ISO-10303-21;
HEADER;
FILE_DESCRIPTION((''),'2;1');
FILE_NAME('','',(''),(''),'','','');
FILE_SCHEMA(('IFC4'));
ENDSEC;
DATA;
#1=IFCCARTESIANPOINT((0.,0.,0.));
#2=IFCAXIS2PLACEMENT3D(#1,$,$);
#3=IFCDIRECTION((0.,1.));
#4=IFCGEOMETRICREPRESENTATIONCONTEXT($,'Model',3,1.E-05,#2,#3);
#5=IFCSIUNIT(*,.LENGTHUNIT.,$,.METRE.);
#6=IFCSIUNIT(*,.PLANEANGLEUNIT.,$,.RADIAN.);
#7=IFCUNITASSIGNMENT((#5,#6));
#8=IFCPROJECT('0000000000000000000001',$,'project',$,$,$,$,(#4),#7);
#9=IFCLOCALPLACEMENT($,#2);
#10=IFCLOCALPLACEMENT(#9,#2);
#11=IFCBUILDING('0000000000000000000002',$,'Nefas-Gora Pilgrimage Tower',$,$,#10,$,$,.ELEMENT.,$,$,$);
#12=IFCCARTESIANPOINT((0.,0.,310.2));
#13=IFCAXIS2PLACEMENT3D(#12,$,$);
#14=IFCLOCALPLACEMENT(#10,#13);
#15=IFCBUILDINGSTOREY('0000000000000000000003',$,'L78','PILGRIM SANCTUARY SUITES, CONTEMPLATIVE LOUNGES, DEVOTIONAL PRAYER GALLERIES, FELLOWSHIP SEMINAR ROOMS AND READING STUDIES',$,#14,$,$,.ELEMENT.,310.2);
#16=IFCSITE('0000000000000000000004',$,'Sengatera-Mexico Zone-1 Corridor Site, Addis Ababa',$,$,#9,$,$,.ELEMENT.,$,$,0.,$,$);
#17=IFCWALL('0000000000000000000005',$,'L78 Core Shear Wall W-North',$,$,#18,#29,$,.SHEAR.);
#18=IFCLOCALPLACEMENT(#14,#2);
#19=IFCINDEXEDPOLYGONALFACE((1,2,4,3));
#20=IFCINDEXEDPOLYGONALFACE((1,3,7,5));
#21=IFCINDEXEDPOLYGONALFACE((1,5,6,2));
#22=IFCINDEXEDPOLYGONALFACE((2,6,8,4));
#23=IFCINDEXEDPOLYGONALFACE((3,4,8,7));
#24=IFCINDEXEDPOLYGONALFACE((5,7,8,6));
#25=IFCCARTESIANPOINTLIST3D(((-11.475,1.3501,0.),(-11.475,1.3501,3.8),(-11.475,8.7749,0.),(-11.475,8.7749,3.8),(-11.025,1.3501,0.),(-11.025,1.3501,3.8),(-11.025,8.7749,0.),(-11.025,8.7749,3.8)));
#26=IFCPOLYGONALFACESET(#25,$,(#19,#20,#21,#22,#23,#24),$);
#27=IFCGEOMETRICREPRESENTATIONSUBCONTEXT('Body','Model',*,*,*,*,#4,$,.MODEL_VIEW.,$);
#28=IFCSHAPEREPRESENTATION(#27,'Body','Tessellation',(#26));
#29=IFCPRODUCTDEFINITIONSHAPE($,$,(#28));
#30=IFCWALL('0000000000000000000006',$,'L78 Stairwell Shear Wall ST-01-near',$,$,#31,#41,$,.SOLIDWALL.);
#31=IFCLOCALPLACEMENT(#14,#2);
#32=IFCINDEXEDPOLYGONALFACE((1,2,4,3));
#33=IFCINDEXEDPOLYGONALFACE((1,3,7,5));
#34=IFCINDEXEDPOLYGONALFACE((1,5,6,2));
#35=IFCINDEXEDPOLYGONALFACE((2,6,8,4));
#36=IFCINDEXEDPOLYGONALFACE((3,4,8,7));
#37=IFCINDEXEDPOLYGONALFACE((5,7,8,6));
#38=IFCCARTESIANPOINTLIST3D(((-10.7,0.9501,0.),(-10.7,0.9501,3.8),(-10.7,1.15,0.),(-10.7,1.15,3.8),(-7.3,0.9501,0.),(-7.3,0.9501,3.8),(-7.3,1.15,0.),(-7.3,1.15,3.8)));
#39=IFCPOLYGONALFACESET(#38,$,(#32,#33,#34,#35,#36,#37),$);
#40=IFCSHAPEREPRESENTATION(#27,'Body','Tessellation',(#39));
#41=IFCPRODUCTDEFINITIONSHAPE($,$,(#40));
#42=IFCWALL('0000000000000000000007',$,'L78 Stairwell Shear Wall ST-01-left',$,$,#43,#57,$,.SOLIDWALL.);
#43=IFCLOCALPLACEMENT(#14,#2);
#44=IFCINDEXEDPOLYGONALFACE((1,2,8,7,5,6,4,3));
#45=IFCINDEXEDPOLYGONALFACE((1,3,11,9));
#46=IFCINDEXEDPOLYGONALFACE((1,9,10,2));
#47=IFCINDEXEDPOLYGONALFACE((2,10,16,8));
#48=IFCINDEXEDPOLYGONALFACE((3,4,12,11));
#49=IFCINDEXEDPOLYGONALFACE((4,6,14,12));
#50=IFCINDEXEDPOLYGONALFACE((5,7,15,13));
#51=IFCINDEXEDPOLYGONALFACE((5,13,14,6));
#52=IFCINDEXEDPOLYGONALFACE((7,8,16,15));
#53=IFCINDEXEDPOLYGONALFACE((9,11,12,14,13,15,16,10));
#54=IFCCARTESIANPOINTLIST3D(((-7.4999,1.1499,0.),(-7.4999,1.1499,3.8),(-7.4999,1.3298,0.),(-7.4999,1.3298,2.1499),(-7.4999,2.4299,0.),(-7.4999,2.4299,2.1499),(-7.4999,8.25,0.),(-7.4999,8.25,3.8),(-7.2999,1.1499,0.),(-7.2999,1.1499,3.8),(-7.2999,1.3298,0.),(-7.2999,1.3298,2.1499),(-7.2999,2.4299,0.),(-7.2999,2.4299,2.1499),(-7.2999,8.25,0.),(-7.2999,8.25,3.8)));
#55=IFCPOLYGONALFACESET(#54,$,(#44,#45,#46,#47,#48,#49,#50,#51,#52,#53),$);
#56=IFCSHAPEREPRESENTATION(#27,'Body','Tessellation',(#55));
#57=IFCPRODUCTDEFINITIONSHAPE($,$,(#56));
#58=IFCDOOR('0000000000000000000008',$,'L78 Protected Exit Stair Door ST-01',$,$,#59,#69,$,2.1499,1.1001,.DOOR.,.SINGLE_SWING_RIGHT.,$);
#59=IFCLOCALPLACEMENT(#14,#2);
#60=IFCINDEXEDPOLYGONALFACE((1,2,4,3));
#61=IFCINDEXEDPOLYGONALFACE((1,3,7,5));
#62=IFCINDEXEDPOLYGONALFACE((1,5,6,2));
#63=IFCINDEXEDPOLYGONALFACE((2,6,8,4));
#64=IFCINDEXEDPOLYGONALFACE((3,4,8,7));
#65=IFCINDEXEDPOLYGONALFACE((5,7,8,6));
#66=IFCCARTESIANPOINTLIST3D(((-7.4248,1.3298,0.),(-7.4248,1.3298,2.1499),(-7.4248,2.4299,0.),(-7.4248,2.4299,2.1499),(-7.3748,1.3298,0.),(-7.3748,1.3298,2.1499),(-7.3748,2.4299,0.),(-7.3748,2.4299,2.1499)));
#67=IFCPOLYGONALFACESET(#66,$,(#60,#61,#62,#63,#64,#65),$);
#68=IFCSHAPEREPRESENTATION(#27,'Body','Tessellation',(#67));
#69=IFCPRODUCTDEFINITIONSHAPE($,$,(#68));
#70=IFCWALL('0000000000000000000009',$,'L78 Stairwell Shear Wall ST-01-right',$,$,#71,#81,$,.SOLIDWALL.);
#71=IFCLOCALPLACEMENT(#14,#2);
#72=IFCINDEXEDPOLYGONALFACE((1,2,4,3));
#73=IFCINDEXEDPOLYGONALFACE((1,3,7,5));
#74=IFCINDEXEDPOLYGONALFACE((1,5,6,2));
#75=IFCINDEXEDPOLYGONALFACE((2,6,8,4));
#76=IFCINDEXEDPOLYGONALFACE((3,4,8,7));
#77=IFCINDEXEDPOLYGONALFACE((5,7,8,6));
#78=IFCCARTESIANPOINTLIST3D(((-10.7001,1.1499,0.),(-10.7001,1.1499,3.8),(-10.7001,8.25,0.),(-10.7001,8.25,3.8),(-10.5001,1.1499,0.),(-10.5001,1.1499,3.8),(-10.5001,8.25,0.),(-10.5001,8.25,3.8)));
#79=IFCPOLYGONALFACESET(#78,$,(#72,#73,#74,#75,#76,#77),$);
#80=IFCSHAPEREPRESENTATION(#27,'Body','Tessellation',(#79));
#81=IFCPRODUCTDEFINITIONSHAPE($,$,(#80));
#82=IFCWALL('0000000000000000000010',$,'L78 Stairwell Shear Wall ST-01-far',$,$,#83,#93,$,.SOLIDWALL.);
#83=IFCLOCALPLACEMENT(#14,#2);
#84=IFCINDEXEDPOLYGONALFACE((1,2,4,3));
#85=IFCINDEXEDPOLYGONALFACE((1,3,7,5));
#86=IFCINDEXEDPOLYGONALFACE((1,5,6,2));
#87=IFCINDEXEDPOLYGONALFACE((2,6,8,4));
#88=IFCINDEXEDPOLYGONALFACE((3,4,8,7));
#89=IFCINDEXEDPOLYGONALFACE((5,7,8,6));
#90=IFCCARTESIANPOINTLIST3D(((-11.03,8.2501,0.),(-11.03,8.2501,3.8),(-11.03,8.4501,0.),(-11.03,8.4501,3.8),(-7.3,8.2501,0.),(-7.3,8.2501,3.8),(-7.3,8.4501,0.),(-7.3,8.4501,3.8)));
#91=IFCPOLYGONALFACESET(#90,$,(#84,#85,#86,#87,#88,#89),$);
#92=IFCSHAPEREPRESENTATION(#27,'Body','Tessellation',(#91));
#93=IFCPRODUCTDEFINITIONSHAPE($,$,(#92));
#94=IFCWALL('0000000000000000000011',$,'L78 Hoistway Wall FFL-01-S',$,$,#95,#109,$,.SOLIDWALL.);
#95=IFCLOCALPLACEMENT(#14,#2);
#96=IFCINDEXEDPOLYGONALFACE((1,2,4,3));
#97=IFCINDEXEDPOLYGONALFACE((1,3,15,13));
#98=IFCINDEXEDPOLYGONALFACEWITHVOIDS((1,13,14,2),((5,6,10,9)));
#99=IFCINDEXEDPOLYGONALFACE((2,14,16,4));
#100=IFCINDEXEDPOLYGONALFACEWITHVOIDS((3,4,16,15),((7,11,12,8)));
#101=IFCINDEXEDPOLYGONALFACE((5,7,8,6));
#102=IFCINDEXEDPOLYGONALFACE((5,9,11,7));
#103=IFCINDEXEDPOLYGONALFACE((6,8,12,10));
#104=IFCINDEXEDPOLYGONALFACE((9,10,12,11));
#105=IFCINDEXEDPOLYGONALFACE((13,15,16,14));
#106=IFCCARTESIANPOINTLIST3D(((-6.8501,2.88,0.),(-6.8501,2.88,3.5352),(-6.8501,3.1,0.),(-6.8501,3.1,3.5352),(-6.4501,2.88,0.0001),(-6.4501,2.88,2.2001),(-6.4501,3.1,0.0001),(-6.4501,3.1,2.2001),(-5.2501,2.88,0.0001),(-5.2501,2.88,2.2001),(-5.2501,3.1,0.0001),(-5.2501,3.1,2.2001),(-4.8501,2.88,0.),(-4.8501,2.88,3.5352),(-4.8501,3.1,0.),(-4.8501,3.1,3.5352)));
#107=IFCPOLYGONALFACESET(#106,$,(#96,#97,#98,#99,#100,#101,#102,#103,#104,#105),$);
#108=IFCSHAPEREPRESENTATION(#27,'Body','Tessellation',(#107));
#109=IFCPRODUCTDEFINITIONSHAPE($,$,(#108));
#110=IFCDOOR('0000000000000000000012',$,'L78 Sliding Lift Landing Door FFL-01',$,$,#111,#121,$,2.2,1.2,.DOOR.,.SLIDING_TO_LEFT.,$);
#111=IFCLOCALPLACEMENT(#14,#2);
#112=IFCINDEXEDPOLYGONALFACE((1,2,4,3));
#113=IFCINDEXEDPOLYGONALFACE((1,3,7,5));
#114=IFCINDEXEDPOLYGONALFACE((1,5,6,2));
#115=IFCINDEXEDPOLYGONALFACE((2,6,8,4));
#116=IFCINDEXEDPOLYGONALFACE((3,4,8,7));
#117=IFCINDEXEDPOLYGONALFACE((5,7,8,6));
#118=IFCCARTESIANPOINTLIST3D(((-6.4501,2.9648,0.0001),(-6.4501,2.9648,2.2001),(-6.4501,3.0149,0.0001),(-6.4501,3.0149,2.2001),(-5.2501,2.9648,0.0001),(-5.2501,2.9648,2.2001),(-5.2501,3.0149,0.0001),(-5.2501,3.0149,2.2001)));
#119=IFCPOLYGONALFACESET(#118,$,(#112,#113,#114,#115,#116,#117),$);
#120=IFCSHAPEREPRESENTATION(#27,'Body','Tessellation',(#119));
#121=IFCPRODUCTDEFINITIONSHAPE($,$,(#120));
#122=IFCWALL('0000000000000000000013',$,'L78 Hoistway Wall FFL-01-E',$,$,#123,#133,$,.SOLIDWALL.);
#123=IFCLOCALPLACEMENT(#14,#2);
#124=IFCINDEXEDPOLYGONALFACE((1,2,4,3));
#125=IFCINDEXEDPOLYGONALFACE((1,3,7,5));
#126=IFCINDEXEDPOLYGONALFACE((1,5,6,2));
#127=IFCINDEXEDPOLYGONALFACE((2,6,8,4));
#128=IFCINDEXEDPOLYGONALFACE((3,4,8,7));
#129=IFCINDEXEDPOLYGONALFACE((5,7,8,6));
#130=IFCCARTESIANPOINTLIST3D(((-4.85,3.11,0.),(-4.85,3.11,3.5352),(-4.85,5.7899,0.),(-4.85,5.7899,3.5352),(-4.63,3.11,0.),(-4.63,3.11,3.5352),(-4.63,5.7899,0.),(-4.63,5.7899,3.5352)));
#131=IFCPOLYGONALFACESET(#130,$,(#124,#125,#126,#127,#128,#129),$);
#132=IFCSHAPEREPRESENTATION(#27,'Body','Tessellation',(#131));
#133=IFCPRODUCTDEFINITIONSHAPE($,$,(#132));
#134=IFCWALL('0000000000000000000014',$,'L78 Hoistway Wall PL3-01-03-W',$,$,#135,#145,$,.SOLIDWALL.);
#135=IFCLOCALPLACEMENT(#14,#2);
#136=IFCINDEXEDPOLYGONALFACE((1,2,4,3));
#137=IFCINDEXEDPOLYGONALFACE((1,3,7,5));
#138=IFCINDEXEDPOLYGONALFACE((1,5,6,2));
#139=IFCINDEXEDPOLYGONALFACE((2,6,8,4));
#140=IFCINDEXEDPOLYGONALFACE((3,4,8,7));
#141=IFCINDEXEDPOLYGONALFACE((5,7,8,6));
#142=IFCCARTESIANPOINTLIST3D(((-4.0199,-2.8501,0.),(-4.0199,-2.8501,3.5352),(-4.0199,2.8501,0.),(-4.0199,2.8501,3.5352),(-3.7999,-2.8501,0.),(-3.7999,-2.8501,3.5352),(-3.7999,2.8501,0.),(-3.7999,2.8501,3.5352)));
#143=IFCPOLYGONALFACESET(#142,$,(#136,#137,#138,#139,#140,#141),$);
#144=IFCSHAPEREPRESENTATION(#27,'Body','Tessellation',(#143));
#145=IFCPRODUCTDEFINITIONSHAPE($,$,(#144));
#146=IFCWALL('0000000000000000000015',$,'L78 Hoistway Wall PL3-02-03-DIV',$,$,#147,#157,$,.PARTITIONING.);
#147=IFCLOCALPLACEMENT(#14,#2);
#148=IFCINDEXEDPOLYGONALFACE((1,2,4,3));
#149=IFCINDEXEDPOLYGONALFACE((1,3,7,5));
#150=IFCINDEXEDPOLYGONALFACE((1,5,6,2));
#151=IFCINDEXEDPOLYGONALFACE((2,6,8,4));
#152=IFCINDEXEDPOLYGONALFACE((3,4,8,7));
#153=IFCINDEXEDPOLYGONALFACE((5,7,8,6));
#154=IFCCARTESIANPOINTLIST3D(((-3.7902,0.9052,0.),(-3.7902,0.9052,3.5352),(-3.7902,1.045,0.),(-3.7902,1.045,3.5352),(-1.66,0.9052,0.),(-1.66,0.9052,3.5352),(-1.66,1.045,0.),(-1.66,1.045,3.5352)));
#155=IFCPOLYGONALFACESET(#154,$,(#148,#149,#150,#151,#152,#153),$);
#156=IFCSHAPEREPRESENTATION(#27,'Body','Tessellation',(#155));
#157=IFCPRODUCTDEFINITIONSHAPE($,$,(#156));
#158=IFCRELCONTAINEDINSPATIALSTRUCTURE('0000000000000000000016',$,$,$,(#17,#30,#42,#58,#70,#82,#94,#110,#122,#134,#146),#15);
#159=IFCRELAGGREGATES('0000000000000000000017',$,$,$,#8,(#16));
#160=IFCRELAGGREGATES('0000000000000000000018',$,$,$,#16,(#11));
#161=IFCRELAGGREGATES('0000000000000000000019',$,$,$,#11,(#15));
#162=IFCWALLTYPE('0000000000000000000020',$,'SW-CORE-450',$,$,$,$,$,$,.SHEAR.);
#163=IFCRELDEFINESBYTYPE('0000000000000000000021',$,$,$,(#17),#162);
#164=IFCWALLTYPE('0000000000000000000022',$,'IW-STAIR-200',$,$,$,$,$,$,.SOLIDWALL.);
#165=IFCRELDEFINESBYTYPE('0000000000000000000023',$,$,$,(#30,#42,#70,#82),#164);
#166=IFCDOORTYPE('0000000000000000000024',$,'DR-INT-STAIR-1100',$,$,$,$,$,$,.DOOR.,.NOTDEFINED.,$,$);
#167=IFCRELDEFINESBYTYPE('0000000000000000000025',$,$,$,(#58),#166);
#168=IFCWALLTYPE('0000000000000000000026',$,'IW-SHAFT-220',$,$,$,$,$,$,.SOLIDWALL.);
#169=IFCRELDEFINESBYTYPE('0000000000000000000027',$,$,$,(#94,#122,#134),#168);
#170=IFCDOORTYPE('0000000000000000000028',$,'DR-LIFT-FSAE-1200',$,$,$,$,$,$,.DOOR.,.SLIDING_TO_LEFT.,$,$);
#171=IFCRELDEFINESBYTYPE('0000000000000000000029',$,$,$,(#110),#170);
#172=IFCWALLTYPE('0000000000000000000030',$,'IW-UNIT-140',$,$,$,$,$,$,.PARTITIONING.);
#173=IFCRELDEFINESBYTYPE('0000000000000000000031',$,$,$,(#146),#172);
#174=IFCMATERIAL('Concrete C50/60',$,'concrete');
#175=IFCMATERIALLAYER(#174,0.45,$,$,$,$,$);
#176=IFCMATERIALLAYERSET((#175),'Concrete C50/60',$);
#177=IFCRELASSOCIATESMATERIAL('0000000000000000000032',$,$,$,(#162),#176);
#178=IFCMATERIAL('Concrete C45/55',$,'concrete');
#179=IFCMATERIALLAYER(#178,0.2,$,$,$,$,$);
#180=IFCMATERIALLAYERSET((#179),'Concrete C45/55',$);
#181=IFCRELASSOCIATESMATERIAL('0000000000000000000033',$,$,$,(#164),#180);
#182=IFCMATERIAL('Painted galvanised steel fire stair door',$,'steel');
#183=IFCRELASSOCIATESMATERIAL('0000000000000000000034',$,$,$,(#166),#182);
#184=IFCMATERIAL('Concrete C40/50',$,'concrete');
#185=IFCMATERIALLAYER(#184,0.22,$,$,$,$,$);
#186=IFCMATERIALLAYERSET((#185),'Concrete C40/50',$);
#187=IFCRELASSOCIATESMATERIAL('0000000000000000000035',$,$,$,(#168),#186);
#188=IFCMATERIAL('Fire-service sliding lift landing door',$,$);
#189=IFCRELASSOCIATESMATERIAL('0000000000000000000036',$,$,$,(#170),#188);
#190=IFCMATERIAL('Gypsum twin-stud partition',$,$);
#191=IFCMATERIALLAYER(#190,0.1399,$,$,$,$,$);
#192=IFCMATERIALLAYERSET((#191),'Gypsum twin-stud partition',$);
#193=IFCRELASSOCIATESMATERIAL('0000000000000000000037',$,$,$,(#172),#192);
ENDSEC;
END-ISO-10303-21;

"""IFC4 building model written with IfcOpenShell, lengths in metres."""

from ifc_helpers import new_model, si_unit, direction, frame, frame_2d, origin, place, context, subcontext, project, spatial, rectangle, extrude, source, transform, mapped, material, layer, layer_set, type_object, element, fill, save


model = new_model("IFC4")

# Units and contexts
model_context = context("Model", 3, precision=1e-05, world=origin(), true_north=direction((0.0, 1.0)))
body_context = subcontext(model_context, "Body", "Model", "MODEL_VIEW")
ifc_project = project(units=[si_unit("LENGTHUNIT", "METRE"), si_unit("PLANEANGLEUNIT", "RADIAN")], contexts=[model_context])

# Site, building, storey
site_placement = place(None, origin())
site = spatial("IfcSite", under=ifc_project, at=site_placement, Name="Sengatera-Mexico Zone-1 Corridor Site, Addis Ababa", CompositionType="ELEMENT", RefElevation=0.0)
building_placement = place(site_placement, origin())
building = spatial("IfcBuilding", under=site, at=building_placement, Name="Nefas-Gora Pilgrimage Tower", CompositionType="ELEMENT")
storey_placement = place(building_placement, frame((0.0, 0.0, 310.2)))
storey = spatial("IfcBuildingStorey", under=building, at=storey_placement, Name="L78", Description="PILGRIM SANCTUARY SUITES, CONTEMPLATIVE LOUNGES, DEVOTIONAL PRAYER GALLERIES, FELLOWSHIP SEMINAR ROOMS AND READING STUDIES", CompositionType="ELEMENT", Elevation=310.2)

# Walls
ifc_material_1 = material(Name="Concrete C50/60", Category="concrete")
ifc_layer_1 = layer(ifc_material_1, 0.45)
ifc_layer_set_1 = layer_set([ifc_layer_1], Name="Concrete C50/60")
wall_type_1 = type_object("IfcWallType", Name="SW-CORE-450", PredefinedType="SHEAR", material=ifc_layer_set_1)
shared_shape_1 = source(origin(), body_context, "Body", "SweptSolid", [
    extrude(rectangle(XDim=7.4248, YDim=0.45, at=frame_2d((3.7124, 0.0))), origin(), (0.0, 0.0, 1.0), 3.8),
])
wall_1_placement = place(storey_placement, frame((-11.25, 1.3501, 0.0), z_axis=(0.0, 0.0, 1.0), x_axis=(0.0, 1.0, 0.0)))
element("IfcWall", 1, at=wall_1_placement, inside=storey, type_object=wall_type_1, Name="L78 Core Shear Wall W-North", PredefinedType="SHEAR", context=body_context, shape_type="MappedRepresentation", body=[
    mapped(shared_shape_1, transform((0.0, 0.0, 0.0), x_axis=(1.0, 0.0, 0.0), y_axis=(0.0, 1.0, 0.0), z_axis=(0.0, 0.0, 1.0), scale=1.0)),
])
ifc_material_2 = material(Name="Concrete C45/55", Category="concrete")
ifc_layer_2 = layer(ifc_material_2, 0.2)
ifc_layer_set_2 = layer_set([ifc_layer_2], Name="Concrete C45/55")
wall_type_2 = type_object("IfcWallType", Name="IW-STAIR-200", PredefinedType="SOLIDWALL", material=ifc_layer_set_2)
shared_shape_2 = source(origin(), body_context, "Body", "SweptSolid", [
    extrude(rectangle(XDim=3.3999, YDim=0.2, at=frame_2d((1.7, 0.0))), origin(), (0.0, 0.0, 1.0), 3.8),
])
wall_2_placement = place(storey_placement, frame((-7.3, 1.05, 0.0), z_axis=(0.0, 0.0, 1.0), x_axis=(-1.0, 0.0, 0.0)))
element("IfcWall", 2, at=wall_2_placement, inside=storey, type_object=wall_type_2, Name="L78 Stairwell Shear Wall ST-01-near", PredefinedType="SOLIDWALL", context=body_context, shape_type="MappedRepresentation", body=[
    mapped(shared_shape_2, transform((0.0, 0.0, 0.0), x_axis=(1.0, 0.0, 0.0), y_axis=(0.0, 1.0, 0.0), z_axis=(0.0, 0.0, 1.0), scale=1.0)),
])

# Wall, opening, door
shared_shape_3 = source(origin(), body_context, "Body", "SweptSolid", [
    extrude(rectangle(XDim=7.1001, YDim=0.2, at=frame_2d((3.55, 0.0))), origin(), (0.0, 0.0, 1.0), 3.8),
])
wall_3_placement = place(storey_placement, frame((-7.3999, 1.1499, 0.0), z_axis=(0.0, 0.0, 1.0), x_axis=(0.0, 1.0, 0.0)))
wall_3 = element("IfcWall", 3, at=wall_3_placement, inside=storey, type_object=wall_type_2, Name="L78 Stairwell Shear Wall ST-01-left", PredefinedType="SOLIDWALL", context=body_context, shape_type="MappedRepresentation", body=[
    mapped(shared_shape_3, transform((0.0, 0.0, 0.0), x_axis=(1.0, 0.0, 0.0), y_axis=(0.0, 1.0, 0.0), z_axis=(0.0, 0.0, 1.0), scale=1.0)),
])
opening_1_placement = place(wall_3_placement, frame((0.1799, 0.0, 0.0)))
opening_1 = element("IfcOpeningElement", 4, at=opening_1_placement, cuts=wall_3, PredefinedType="OPENING", context=body_context, shape_type="SweptSolid", body=[
    extrude(rectangle(XDim=1.1001, YDim=2.1499, at=frame_2d((0.55, 1.075))), frame((0.0, 0.1099, 0.0), z_axis=(0.0, -1.0, 0.0), x_axis=(1.0, 0.0, 0.0)), (0.0, 0.0, 1.0), 0.22),
])
ifc_material_3 = material(Name="Painted galvanised steel fire stair door", Category="steel")
door_type_1 = type_object("IfcDoorType", Name="DR-INT-STAIR-1100", OperationType="NOTDEFINED", PredefinedType="DOOR", material=ifc_material_3)
shared_shape_4 = source(origin(), body_context, "Body", "SweptSolid", [
    extrude(rectangle(XDim=1.1001, YDim=2.1499, at=frame_2d((0.55, 1.075))), frame((0.0, 0.0249, 0.0), z_axis=(0.0, -1.0, 0.0), x_axis=(1.0, 0.0, 0.0)), (0.0, 0.0, 1.0), 0.05),
])
door_1_placement = place(opening_1_placement, origin())
door_1 = element("IfcDoor", 5, at=door_1_placement, inside=storey, type_object=door_type_1, Name="L78 Protected Exit Stair Door ST-01", OperationType="SINGLE_SWING_RIGHT", OverallHeight=2.1499, OverallWidth=1.1001, PredefinedType="DOOR", context=body_context, shape_type="MappedRepresentation", body=[
    mapped(shared_shape_4, transform((0.0, 0.0, 0.0), x_axis=(1.0, 0.0, 0.0), y_axis=(0.0, 1.0, 0.0), z_axis=(0.0, 0.0, 1.0), scale=1.0)),
])
fill(opening_1, door_1)

# Walls
wall_4_placement = place(storey_placement, frame((-10.6001, 1.1499, 0.0), z_axis=(0.0, 0.0, 1.0), x_axis=(0.0, 1.0, 0.0)))
element("IfcWall", 6, at=wall_4_placement, inside=storey, type_object=wall_type_2, Name="L78 Stairwell Shear Wall ST-01-right", PredefinedType="SOLIDWALL", context=body_context, shape_type="MappedRepresentation", body=[
    mapped(shared_shape_3, transform((0.0, 0.0, 0.0), x_axis=(1.0, 0.0, 0.0), y_axis=(0.0, 1.0, 0.0), z_axis=(0.0, 0.0, 1.0), scale=1.0)),
])
shared_shape_5 = source(origin(), body_context, "Body", "SweptSolid", [
    extrude(rectangle(XDim=3.73, YDim=0.2, at=frame_2d((1.865, 0.0))), origin(), (0.0, 0.0, 1.0), 3.8),
])
wall_5_placement = place(storey_placement, frame((-7.3, 8.3501, 0.0), z_axis=(0.0, 0.0, 1.0), x_axis=(-1.0, 0.0, 0.0)))
element("IfcWall", 7, at=wall_5_placement, inside=storey, type_object=wall_type_2, Name="L78 Stairwell Shear Wall ST-01-far", PredefinedType="SOLIDWALL", context=body_context, shape_type="MappedRepresentation", body=[
    mapped(shared_shape_5, transform((0.0, 0.0, 0.0), x_axis=(1.0, 0.0, 0.0), y_axis=(0.0, 1.0, 0.0), z_axis=(0.0, 0.0, 1.0), scale=1.0)),
])

# Wall, opening, door
ifc_material_4 = material(Name="Concrete C40/50", Category="concrete")
ifc_layer_3 = layer(ifc_material_4, 0.22)
ifc_layer_set_3 = layer_set([ifc_layer_3], Name="Concrete C40/50")
wall_type_3 = type_object("IfcWallType", Name="IW-SHAFT-220", PredefinedType="SOLIDWALL", material=ifc_layer_set_3)
shared_shape_6 = source(origin(), body_context, "Body", "SweptSolid", [
    extrude(rectangle(XDim=2.0, YDim=0.22, at=frame_2d((1.0, 0.0))), origin(), (0.0, 0.0, 1.0), 3.5352),
])
wall_6_placement = place(storey_placement, frame((-6.8501, 2.99, 0.0), z_axis=(0.0, 0.0, 1.0), x_axis=(1.0, 0.0, 0.0)))
wall_6 = element("IfcWall", 8, at=wall_6_placement, inside=storey, type_object=wall_type_3, Name="L78 Hoistway Wall FFL-01-S", PredefinedType="SOLIDWALL", context=body_context, shape_type="MappedRepresentation", body=[
    mapped(shared_shape_6, transform((0.0, 0.0, 0.0), x_axis=(1.0, 0.0, 0.0), y_axis=(0.0, 1.0, 0.0), z_axis=(0.0, 0.0, 1.0), scale=1.0)),
])
opening_2_placement = place(wall_6_placement, frame((0.3999, 0.0, 0.0)))
opening_2 = element("IfcOpeningElement", 9, at=opening_2_placement, cuts=wall_6, PredefinedType="OPENING", context=body_context, shape_type="SweptSolid", body=[
    extrude(rectangle(XDim=1.2, YDim=2.2, at=frame_2d((0.6001, 1.1001))), frame((0.0, 0.1199, 0.0), z_axis=(0.0, -1.0, 0.0), x_axis=(1.0, 0.0, 0.0)), (0.0, 0.0, 1.0), 0.24),
])
ifc_material_5 = material(Name="Fire-service sliding lift landing door")
door_type_2 = type_object("IfcDoorType", Name="DR-LIFT-FSAE-1200", OperationType="SLIDING_TO_LEFT", PredefinedType="DOOR", material=ifc_material_5)
shared_shape_7 = source(origin(), body_context, "Body", "SweptSolid", [
    extrude(rectangle(XDim=1.2, YDim=2.2, at=frame_2d((0.6001, 1.1001))), frame((0.0, 0.0249, 0.0), z_axis=(0.0, -1.0, 0.0), x_axis=(1.0, 0.0, 0.0)), (0.0, 0.0, 1.0), 0.05),
])
door_2_placement = place(opening_2_placement, origin())
door_2 = element("IfcDoor", 10, at=door_2_placement, inside=storey, type_object=door_type_2, Name="L78 Sliding Lift Landing Door FFL-01", OperationType="SLIDING_TO_LEFT", OverallHeight=2.2, OverallWidth=1.2, PredefinedType="DOOR", context=body_context, shape_type="MappedRepresentation", body=[
    mapped(shared_shape_7, transform((0.0, 0.0, 0.0), x_axis=(1.0, 0.0, 0.0), y_axis=(0.0, 1.0, 0.0), z_axis=(0.0, 0.0, 1.0), scale=1.0)),
])
fill(opening_2, door_2)

# Walls
shared_shape_8 = source(origin(), body_context, "Body", "SweptSolid", [
    extrude(rectangle(XDim=2.6799, YDim=0.22, at=frame_2d((1.3398, 0.0))), origin(), (0.0, 0.0, 1.0), 3.5352),
])
wall_7_placement = place(storey_placement, frame((-4.74, 3.1101, 0.0), z_axis=(0.0, 0.0, 1.0), x_axis=(0.0, 1.0, 0.0)))
element("IfcWall", 11, at=wall_7_placement, inside=storey, type_object=wall_type_3, Name="L78 Hoistway Wall FFL-01-E", PredefinedType="SOLIDWALL", context=body_context, shape_type="MappedRepresentation", body=[
    mapped(shared_shape_8, transform((0.0, 0.0, 0.0), x_axis=(1.0, 0.0, 0.0), y_axis=(0.0, 1.0, 0.0), z_axis=(0.0, 0.0, 1.0), scale=1.0)),
])
shared_shape_9 = source(origin(), body_context, "Body", "SweptSolid", [
    extrude(rectangle(XDim=5.7002, YDim=0.22, at=frame_2d((2.8501, 0.0))), origin(), (0.0, 0.0, 1.0), 3.5352),
])
wall_8_placement = place(storey_placement, frame((-3.9099, 2.8501, 0.0), z_axis=(0.0, 0.0, 1.0), x_axis=(0.0, -1.0, 0.0)))
element("IfcWall", 12, at=wall_8_placement, inside=storey, type_object=wall_type_3, Name="L78 Hoistway Wall PL3-01-03-W", PredefinedType="SOLIDWALL", context=body_context, shape_type="MappedRepresentation", body=[
    mapped(shared_shape_9, transform((0.0, 0.0, 0.0), x_axis=(1.0, 0.0, 0.0), y_axis=(0.0, 1.0, 0.0), z_axis=(0.0, 0.0, 1.0), scale=1.0)),
])
ifc_material_6 = material(Name="Gypsum twin-stud partition")
ifc_layer_4 = layer(ifc_material_6, 0.1399)
ifc_layer_set_4 = layer_set([ifc_layer_4], Name="Gypsum twin-stud partition")
wall_type_4 = type_object("IfcWallType", Name="IW-UNIT-140", PredefinedType="PARTITIONING", material=ifc_layer_set_4)
shared_shape_10 = source(origin(), body_context, "Body", "SweptSolid", [
    extrude(rectangle(XDim=2.1301, YDim=0.1399, at=frame_2d((1.0649, 0.0))), origin(), (0.0, 0.0, 1.0), 3.5352),
])
wall_9_placement = place(storey_placement, frame((-3.79, 0.9751, 0.0), z_axis=(0.0, 0.0, 1.0), x_axis=(1.0, 0.0, 0.0)))
element("IfcWall", 13, at=wall_9_placement, inside=storey, type_object=wall_type_4, Name="L78 Hoistway Wall PL3-02-03-DIV", PredefinedType="PARTITIONING", context=body_context, shape_type="MappedRepresentation", body=[
    mapped(shared_shape_10, transform((0.0, 0.0, 0.0), x_axis=(1.0, 0.0, 0.0), y_axis=(0.0, 1.0, 0.0), z_axis=(0.0, 0.0, 1.0), scale=1.0)),
])

save(model, "model.ifc")
